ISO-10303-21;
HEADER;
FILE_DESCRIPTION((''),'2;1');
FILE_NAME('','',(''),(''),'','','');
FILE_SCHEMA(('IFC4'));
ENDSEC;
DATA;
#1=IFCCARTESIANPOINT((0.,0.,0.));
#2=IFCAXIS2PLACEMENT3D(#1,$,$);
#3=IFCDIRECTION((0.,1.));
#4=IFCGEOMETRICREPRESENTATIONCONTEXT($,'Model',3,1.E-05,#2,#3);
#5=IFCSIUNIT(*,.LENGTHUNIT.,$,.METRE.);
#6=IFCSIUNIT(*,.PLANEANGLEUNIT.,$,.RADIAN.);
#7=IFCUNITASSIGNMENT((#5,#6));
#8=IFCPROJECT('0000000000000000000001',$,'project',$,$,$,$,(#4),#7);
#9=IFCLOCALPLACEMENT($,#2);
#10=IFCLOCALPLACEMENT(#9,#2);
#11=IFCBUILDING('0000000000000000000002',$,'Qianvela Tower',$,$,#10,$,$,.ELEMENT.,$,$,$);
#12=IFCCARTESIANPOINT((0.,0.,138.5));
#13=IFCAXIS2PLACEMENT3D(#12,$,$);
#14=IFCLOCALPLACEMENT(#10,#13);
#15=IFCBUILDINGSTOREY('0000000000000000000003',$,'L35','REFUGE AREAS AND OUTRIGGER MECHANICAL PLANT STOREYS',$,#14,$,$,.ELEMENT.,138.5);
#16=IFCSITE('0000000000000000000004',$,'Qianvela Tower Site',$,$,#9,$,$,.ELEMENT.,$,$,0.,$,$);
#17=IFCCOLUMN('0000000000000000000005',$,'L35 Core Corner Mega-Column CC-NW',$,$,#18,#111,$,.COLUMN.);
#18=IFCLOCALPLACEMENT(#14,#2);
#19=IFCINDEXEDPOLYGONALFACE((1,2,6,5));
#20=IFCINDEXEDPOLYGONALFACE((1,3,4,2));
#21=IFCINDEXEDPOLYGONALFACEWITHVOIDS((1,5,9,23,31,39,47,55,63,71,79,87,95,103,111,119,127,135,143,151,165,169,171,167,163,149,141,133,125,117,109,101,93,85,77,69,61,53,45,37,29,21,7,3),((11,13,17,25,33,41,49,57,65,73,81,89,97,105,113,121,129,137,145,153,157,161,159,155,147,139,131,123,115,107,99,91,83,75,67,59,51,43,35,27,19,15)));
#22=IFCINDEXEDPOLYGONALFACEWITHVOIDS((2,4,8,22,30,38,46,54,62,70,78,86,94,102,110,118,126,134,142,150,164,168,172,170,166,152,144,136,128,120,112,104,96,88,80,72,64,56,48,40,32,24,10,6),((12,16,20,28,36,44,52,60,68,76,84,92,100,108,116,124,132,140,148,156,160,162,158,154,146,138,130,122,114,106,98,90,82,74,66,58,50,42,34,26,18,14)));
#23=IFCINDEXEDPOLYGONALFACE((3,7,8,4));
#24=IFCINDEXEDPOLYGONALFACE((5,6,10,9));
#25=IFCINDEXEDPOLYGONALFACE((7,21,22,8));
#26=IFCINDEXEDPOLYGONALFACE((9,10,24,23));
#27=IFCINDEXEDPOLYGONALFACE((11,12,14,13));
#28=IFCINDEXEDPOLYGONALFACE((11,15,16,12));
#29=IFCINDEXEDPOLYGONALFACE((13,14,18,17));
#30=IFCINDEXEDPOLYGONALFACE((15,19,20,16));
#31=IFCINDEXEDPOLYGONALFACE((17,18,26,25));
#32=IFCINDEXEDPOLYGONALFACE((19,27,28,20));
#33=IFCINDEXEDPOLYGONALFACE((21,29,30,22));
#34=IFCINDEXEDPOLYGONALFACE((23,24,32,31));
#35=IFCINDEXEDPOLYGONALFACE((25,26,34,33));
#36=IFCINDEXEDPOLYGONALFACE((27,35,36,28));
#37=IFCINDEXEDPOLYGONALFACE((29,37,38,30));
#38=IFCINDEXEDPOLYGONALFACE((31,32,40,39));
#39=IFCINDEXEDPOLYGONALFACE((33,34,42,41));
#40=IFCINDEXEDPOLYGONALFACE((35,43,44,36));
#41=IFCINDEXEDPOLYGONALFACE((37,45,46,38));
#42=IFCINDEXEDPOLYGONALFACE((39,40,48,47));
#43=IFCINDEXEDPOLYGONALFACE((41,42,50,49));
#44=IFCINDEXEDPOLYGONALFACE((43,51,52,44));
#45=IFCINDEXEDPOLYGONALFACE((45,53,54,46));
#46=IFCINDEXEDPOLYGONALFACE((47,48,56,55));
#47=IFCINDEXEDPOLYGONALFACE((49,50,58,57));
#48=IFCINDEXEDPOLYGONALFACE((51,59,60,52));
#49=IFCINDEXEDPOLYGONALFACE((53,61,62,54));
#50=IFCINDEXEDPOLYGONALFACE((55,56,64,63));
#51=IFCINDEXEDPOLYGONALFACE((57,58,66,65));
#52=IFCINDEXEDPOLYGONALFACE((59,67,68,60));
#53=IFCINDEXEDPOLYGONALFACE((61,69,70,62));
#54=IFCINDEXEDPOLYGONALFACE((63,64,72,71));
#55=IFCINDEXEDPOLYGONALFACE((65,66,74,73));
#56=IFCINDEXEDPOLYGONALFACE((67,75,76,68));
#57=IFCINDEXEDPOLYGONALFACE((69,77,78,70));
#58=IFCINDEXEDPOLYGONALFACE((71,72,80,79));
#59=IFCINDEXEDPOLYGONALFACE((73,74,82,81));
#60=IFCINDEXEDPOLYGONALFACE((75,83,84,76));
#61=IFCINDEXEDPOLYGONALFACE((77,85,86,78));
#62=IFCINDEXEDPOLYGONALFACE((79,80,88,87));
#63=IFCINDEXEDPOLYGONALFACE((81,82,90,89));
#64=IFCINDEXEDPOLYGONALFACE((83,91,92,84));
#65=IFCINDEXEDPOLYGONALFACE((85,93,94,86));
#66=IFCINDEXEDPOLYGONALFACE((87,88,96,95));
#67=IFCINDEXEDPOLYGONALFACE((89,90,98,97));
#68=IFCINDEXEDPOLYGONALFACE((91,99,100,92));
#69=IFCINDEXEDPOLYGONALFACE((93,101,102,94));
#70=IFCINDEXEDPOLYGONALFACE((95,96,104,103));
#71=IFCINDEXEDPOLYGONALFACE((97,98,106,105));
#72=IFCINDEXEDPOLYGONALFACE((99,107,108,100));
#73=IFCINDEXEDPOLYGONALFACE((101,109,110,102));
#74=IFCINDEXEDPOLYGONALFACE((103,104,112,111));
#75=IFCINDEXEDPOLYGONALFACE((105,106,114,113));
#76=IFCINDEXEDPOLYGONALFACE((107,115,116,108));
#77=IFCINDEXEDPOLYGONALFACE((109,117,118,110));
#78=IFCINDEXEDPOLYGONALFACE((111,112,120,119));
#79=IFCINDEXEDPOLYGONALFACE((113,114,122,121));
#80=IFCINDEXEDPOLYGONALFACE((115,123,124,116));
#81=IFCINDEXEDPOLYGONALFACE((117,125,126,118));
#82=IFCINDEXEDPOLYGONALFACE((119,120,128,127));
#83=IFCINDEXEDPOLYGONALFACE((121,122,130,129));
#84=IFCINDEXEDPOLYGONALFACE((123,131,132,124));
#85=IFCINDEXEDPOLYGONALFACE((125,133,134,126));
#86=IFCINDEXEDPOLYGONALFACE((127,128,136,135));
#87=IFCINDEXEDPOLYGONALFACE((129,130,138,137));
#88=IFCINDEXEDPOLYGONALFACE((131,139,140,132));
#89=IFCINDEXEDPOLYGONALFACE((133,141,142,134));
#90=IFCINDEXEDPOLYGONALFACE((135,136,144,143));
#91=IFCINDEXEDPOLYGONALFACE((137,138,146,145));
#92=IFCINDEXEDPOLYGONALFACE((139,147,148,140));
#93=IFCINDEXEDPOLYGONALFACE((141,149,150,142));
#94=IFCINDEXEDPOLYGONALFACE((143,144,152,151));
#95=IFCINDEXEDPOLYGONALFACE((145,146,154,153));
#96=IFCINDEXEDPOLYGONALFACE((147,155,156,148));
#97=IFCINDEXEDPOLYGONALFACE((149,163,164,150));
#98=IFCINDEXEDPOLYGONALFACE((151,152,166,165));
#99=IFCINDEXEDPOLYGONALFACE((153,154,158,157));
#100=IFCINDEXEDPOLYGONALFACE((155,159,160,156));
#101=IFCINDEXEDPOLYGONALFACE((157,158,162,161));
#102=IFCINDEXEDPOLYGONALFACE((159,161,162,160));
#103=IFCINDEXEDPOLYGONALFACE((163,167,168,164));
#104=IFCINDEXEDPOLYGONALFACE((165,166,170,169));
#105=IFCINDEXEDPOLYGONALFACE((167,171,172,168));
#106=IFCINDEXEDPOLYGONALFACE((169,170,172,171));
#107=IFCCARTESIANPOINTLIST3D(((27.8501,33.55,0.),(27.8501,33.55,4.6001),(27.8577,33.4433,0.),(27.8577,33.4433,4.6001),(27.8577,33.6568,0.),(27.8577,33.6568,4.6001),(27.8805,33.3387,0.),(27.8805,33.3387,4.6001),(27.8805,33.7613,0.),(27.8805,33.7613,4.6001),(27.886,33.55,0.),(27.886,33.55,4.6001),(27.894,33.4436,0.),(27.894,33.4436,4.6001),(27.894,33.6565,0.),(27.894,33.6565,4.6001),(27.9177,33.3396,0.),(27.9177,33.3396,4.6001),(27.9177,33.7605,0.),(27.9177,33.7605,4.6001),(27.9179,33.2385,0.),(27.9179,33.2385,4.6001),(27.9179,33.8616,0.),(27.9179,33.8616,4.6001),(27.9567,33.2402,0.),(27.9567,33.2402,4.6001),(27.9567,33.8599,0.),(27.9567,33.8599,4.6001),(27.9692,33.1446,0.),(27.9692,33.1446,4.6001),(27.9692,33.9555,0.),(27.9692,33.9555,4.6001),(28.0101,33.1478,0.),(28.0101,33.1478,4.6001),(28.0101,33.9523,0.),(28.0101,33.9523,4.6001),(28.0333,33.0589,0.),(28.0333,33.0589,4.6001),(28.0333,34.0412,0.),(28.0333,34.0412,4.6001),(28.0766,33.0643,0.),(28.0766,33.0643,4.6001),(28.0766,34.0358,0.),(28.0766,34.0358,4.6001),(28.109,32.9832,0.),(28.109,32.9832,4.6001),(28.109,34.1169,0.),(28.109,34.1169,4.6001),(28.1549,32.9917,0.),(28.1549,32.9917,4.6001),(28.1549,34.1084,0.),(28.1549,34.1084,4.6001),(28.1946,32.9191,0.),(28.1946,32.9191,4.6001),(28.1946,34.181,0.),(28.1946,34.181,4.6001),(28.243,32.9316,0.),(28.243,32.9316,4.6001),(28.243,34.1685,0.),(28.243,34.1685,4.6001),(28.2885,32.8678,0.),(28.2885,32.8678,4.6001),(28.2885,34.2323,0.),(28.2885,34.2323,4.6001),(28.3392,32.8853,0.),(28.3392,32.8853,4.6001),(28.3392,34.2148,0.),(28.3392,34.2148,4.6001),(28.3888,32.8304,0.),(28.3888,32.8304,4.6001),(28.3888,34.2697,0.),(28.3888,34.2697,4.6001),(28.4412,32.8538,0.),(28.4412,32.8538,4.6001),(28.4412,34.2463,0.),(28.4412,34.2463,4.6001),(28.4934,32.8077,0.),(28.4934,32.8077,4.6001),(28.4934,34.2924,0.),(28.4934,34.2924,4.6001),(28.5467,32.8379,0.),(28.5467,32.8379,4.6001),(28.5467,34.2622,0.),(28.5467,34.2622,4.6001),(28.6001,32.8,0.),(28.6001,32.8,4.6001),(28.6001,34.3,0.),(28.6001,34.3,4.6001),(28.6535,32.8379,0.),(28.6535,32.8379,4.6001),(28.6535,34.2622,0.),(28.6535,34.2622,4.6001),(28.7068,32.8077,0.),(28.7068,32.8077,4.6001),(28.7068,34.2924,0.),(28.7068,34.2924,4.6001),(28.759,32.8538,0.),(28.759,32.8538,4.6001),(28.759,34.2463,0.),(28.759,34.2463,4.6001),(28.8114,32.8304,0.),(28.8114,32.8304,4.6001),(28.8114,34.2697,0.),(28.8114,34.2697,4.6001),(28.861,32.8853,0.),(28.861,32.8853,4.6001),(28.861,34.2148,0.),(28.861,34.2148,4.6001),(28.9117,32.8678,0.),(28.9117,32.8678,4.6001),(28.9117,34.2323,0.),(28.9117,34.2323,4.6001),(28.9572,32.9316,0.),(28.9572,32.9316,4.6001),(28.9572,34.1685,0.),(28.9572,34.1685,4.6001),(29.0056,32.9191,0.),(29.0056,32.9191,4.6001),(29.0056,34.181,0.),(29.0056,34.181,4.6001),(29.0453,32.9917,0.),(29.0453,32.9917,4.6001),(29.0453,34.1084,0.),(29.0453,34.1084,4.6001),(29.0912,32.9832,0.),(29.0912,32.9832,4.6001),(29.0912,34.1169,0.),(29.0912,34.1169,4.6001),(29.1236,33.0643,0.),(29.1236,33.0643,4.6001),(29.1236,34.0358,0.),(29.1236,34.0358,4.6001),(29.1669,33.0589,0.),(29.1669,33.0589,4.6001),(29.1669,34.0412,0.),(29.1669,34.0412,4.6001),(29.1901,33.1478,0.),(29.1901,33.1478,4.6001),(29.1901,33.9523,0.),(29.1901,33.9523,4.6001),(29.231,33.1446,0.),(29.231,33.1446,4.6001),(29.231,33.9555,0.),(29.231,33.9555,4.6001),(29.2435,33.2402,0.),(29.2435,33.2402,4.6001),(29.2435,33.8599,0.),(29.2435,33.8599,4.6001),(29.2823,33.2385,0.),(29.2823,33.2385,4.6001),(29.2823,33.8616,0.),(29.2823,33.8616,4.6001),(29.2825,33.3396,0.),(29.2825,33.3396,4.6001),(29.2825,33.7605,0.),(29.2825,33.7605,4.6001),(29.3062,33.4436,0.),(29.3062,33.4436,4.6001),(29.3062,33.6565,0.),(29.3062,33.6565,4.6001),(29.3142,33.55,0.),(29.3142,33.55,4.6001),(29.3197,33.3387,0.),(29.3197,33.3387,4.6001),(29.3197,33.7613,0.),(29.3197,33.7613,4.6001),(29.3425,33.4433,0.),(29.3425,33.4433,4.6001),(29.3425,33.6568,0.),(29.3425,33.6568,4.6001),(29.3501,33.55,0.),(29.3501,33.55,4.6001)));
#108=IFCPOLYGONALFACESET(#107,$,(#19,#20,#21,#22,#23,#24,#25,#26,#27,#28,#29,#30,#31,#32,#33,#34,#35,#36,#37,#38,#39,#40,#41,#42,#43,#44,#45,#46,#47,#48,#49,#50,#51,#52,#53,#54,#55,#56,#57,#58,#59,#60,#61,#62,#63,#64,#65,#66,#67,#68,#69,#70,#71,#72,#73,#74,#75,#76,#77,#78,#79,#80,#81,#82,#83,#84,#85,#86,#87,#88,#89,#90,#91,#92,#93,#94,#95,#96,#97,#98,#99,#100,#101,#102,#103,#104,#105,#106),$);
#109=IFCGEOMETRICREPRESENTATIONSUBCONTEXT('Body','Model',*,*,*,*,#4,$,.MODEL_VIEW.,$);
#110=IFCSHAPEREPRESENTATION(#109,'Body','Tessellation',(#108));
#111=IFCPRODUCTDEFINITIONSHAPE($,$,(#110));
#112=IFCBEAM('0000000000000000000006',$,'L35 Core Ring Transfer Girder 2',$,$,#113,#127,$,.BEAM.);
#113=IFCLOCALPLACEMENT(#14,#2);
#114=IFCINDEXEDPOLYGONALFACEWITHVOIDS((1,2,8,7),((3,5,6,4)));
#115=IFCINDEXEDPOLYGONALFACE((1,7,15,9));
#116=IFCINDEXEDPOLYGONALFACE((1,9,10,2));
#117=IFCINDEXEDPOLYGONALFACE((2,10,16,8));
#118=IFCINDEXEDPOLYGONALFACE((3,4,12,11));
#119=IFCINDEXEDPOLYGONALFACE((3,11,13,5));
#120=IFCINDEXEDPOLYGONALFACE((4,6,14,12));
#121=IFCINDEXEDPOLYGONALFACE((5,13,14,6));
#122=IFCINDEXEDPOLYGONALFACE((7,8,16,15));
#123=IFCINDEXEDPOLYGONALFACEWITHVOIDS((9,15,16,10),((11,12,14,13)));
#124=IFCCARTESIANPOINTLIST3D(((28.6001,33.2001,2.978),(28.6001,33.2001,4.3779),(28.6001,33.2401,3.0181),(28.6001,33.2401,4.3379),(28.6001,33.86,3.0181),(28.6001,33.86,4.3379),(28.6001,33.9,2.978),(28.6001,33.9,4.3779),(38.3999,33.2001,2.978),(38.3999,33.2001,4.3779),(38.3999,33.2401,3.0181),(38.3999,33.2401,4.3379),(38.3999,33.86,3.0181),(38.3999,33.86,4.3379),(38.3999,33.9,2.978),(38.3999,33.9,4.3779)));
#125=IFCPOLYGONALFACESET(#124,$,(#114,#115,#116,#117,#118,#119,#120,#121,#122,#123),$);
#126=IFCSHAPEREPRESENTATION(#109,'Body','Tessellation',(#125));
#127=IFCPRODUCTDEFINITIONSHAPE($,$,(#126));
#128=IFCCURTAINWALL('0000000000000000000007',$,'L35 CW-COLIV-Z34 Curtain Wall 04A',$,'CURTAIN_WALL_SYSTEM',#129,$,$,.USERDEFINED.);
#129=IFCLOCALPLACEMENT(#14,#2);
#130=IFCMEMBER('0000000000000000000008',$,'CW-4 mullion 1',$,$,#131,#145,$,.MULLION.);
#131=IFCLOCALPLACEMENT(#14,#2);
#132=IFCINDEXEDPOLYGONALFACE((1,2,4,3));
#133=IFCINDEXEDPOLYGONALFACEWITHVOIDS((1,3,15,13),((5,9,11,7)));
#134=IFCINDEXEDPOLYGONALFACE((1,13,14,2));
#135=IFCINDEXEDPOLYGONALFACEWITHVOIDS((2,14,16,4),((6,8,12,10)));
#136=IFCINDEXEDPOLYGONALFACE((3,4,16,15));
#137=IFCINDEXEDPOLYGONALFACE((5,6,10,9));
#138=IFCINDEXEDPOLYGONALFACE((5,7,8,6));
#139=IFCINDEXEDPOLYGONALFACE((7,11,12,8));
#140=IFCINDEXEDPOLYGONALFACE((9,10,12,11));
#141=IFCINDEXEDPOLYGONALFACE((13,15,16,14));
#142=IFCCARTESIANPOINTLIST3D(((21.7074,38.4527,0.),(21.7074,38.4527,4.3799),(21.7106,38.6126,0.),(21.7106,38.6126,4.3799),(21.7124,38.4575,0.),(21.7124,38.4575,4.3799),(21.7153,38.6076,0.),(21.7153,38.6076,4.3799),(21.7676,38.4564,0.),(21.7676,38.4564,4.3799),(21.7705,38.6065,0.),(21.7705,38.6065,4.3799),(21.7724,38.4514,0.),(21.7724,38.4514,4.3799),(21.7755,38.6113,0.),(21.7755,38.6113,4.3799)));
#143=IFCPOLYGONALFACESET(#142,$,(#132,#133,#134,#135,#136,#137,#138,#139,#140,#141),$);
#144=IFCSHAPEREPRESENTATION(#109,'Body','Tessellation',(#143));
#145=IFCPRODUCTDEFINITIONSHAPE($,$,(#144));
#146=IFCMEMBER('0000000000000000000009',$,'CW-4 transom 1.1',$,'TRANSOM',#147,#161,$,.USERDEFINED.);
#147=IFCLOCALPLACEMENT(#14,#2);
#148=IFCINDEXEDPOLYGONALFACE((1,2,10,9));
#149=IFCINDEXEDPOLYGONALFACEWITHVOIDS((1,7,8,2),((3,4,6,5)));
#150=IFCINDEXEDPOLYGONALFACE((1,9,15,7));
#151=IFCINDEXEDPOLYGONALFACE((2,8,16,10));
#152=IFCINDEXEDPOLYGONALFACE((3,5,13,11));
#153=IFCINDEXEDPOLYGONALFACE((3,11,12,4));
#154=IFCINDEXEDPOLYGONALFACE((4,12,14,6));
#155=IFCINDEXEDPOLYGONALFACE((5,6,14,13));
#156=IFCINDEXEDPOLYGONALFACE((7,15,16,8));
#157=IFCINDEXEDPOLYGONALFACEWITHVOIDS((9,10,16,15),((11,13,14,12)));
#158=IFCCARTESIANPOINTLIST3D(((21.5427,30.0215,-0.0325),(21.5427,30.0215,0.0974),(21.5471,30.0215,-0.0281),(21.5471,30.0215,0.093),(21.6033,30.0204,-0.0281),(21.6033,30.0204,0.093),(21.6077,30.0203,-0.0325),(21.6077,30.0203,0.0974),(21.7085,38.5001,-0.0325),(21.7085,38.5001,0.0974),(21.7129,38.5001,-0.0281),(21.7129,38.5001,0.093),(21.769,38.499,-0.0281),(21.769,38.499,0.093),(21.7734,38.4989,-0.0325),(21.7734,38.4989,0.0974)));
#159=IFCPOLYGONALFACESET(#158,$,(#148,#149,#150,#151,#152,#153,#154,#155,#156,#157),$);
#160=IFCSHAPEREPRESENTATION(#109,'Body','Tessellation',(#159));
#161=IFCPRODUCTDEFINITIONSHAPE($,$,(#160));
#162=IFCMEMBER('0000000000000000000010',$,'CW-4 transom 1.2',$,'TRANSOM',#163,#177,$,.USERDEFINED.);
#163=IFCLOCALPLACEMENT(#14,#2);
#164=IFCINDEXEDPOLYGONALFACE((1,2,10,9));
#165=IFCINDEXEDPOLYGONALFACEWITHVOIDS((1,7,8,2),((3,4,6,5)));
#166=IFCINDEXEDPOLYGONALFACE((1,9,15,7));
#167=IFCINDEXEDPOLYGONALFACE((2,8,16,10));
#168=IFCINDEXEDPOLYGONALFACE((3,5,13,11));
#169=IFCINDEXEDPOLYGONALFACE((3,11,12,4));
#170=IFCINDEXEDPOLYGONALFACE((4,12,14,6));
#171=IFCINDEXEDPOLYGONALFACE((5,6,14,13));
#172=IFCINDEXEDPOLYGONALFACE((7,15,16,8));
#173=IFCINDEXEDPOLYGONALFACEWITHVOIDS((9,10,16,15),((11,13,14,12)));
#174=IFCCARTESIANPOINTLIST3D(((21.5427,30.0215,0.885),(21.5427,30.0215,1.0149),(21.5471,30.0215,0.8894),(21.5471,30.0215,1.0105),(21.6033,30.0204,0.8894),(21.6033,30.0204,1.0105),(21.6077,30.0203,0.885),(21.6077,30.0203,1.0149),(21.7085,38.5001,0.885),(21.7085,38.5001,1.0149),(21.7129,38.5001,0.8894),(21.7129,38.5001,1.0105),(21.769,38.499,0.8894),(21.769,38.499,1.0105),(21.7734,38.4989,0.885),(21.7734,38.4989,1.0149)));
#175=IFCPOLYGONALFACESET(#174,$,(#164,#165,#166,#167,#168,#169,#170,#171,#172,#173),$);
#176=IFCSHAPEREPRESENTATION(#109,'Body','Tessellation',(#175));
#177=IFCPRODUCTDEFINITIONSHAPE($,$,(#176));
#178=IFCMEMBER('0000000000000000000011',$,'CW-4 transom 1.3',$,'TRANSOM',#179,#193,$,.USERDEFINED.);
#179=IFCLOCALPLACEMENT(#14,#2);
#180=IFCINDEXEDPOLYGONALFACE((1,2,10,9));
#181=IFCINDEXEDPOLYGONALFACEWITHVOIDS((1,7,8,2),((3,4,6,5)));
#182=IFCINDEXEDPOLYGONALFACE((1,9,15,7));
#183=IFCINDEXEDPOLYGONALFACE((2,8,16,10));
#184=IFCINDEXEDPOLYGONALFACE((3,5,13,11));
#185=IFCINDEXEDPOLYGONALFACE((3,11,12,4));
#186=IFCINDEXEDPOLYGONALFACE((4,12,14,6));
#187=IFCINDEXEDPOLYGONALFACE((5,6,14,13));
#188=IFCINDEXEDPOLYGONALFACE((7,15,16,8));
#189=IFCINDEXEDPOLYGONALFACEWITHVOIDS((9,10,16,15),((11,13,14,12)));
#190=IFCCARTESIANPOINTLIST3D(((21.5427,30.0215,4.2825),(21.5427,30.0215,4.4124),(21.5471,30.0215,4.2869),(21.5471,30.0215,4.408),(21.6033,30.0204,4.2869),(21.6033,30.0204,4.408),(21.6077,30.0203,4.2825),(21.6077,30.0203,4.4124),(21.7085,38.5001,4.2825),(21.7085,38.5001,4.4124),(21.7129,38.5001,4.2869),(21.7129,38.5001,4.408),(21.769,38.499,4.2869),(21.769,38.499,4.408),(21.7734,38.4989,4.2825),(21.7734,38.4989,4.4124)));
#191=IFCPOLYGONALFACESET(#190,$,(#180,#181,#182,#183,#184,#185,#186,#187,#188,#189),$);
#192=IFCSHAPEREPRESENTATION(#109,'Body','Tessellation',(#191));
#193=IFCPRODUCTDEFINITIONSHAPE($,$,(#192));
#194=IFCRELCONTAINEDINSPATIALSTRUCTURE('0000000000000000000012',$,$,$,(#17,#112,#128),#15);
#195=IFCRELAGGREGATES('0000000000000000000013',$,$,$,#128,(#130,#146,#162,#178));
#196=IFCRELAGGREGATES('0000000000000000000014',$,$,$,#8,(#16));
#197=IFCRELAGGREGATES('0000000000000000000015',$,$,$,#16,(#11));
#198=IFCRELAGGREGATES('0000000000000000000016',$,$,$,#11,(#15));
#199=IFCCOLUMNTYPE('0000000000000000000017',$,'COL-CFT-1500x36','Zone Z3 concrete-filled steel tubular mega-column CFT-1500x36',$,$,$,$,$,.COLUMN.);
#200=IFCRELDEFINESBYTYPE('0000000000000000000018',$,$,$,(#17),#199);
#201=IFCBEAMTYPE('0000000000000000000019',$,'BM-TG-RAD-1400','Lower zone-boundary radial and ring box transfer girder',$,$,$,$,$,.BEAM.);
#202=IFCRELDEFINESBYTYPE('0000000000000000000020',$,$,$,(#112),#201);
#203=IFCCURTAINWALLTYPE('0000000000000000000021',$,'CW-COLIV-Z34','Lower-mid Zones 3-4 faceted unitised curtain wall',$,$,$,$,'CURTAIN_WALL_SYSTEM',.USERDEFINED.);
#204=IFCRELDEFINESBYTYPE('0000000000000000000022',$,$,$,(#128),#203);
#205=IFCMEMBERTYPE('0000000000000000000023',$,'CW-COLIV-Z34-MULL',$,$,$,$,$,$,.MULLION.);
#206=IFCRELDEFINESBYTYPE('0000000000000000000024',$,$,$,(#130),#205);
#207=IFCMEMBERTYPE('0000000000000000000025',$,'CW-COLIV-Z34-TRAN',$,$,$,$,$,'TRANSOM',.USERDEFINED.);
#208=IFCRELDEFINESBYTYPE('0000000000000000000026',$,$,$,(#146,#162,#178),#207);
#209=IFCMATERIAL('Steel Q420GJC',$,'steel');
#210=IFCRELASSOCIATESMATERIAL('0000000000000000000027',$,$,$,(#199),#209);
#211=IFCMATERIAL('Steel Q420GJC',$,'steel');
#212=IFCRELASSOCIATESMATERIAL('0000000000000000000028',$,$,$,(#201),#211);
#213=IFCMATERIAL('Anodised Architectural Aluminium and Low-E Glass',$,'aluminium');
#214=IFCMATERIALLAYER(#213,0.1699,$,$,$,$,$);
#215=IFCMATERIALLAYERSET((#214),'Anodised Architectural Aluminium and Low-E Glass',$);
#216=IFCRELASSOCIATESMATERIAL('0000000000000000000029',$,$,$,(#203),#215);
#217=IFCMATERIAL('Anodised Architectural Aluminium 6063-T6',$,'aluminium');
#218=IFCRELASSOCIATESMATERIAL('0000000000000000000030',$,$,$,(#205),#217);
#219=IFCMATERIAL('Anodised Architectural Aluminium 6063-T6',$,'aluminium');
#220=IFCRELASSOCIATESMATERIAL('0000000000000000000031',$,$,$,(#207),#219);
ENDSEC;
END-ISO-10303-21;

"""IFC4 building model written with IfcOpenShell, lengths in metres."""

from ifc_helpers import new_model, si_unit, direction, frame, origin, origin_2d, place, context, subcontext, project, spatial, hollow_rectangle, hollow_circle, extrude, material, layer, layer_set, material_profile, profile_set, type_object, element, aggregate, save


model = new_model("IFC4")

# Units and contexts
model_context = context("Model", 3, precision=1e-05, world=origin(), true_north=direction((0.0, 1.0)))
body_context = subcontext(model_context, "Body", "Model", "MODEL_VIEW")
ifc_project = project(units=[si_unit("LENGTHUNIT", "METRE"), si_unit("PLANEANGLEUNIT", "RADIAN")], contexts=[model_context])

# Site, building, storey
site_placement = place(None, origin())
site = spatial("IfcSite", under=ifc_project, at=site_placement, Name="Qianvela Tower Site", CompositionType="ELEMENT", RefElevation=0.0)
building_placement = place(site_placement, origin())
building = spatial("IfcBuilding", under=site, at=building_placement, Name="Qianvela Tower", CompositionType="ELEMENT")
storey_placement = place(building_placement, frame((0.0, 0.0, 138.5)))
storey = spatial("IfcBuildingStorey", under=building, at=storey_placement, Name="L35", Description="REFUGE AREAS AND OUTRIGGER MECHANICAL PLANT STOREYS", CompositionType="ELEMENT", Elevation=138.5)

# Column
ifc_material_1 = material(Name="Steel Q420GJC", Category="steel")
ifc_material_profile_1 = material_profile(ifc_material_1, hollow_circle(Radius=0.75, WallThickness=0.0359, at=origin_2d()), Name="CFT-1500x36")
ifc_profile_set_1 = profile_set([ifc_material_profile_1], Name="Steel Q420GJC")
column_type = type_object("IfcColumnType", Name="COL-CFT-1500x36", Description="Zone Z3 concrete-filled steel tubular mega-column CFT-1500x36", PredefinedType="COLUMN", material=ifc_profile_set_1)
column_placement = place(storey_placement, frame((28.6001, 33.55, 0.0), z_axis=(0.0, 0.0, 1.0), x_axis=(1.0, 0.0, 0.0)))
element("IfcColumn", 1, at=column_placement, inside=storey, type_object=column_type, Name="L35 Core Corner Mega-Column CC-NW", PredefinedType="COLUMN", context=body_context, shape_type="SweptSolid", body=[
    extrude(hollow_circle(Radius=0.75, WallThickness=0.0359, at=origin_2d()), origin(), (0.0, 0.0, 1.0), 4.6001),
])

# Beam
ifc_material_2 = material(Name="Steel Q420GJC", Category="steel")
ifc_material_profile_2 = material_profile(ifc_material_2, hollow_rectangle(XDim=0.7, YDim=1.3999, WallThickness=0.04, at=origin_2d()), Name="TG-BOX-1400x700x40")
ifc_profile_set_2 = profile_set([ifc_material_profile_2], Name="Steel Q420GJC")
beam_type = type_object("IfcBeamType", Name="BM-TG-RAD-1400", Description="Lower zone-boundary radial and ring box transfer girder", PredefinedType="BEAM", material=ifc_profile_set_2)
beam_placement = place(storey_placement, frame((28.6001, 33.55, 3.678), z_axis=(1.0, 0.0, 0.0), x_axis=(0.0, 1.0, 0.0)))
element("IfcBeam", 2, at=beam_placement, inside=storey, type_object=beam_type, Name="L35 Core Ring Transfer Girder 2", PredefinedType="BEAM", context=body_context, shape_type="SweptSolid", body=[
    extrude(hollow_rectangle(XDim=0.7, YDim=1.3999, WallThickness=0.04, at=origin_2d()), origin(), (0.0, 0.0, 1.0), 9.7998),
])

# Curtain wall, members
ifc_material_3 = material(Name="Anodised Architectural Aluminium and Low-E Glass", Category="aluminium")
ifc_layer_1 = layer(ifc_material_3, 0.1699)
ifc_layer_set_1 = layer_set([ifc_layer_1], Name="Anodised Architectural Aluminium and Low-E Glass")
curtain_wall_type = type_object("IfcCurtainWallType", Name="CW-COLIV-Z34", Description="Lower-mid Zones 3-4 faceted unitised curtain wall", ElementType="CURTAIN_WALL_SYSTEM", PredefinedType="USERDEFINED", material=ifc_layer_set_1)
curtain_wall_placement = place(storey_placement, origin())
curtain_wall = element("IfcCurtainWall", 3, at=curtain_wall_placement, inside=storey, type_object=curtain_wall_type, Name="L35 CW-COLIV-Z34 Curtain Wall 04A", ObjectType="CURTAIN_WALL_SYSTEM", PredefinedType="USERDEFINED")
ifc_material_4 = material(Name="Anodised Architectural Aluminium 6063-T6", Category="aluminium")
ifc_material_profile_3 = material_profile(ifc_material_4, hollow_rectangle(XDim=0.0649, YDim=0.1599, WallThickness=0.0049, at=origin_2d()), Name="ALU-MULL-65x160")
ifc_profile_set_3 = profile_set([ifc_material_profile_3], Name="Anodised Architectural Aluminium 6063-T6")
member_type_1 = type_object("IfcMemberType", Name="CW-COLIV-Z34-MULL", PredefinedType="MULLION", material=ifc_profile_set_3)
member_1_placement = place(storey_placement, frame((21.7415, 38.532, 0.0), z_axis=(0.0, 0.0, 1.0), x_axis=(0.999809, -0.019547, 0.0)))
member_1 = element("IfcMember", 4, at=member_1_placement, type_object=member_type_1, Name="CW-4 mullion 1", PredefinedType="MULLION", context=body_context, shape_type="SweptSolid", body=[
    extrude(hollow_rectangle(XDim=0.0649, YDim=0.1599, WallThickness=0.0049, at=origin_2d()), origin(), (0.0, 0.0, 1.0), 4.3799),
])
ifc_material_5 = material(Name="Anodised Architectural Aluminium 6063-T6", Category="aluminium")
ifc_material_profile_4 = material_profile(ifc_material_5, hollow_rectangle(XDim=0.0649, YDim=0.1299, WallThickness=0.0044, at=origin_2d()), Name="ALU-TRAN-65x130")
ifc_profile_set_4 = profile_set([ifc_material_profile_4], Name="Anodised Architectural Aluminium 6063-T6")
member_type_2 = type_object("IfcMemberType", Name="CW-COLIV-Z34-TRAN", ElementType="TRANSOM", PredefinedType="USERDEFINED", material=ifc_profile_set_4)
member_2_placement = place(storey_placement, frame((21.741, 38.4995, 0.0325), z_axis=(-0.019548, -0.999809, 0.0), x_axis=(0.999809, -0.019548, 0.0)))
member_2 = element("IfcMember", 5, at=member_2_placement, type_object=member_type_2, Name="CW-4 transom 1.1", ObjectType="TRANSOM", PredefinedType="USERDEFINED", context=body_context, shape_type="SweptSolid", body=[
    extrude(hollow_rectangle(XDim=0.0649, YDim=0.1299, WallThickness=0.0044, at=origin_2d()), origin(), (0.0, 0.0, 1.0), 8.4802),
])
member_3_placement = place(storey_placement, frame((21.741, 38.4995, 0.95), z_axis=(-0.019548, -0.999809, 0.0), x_axis=(0.999809, -0.019548, 0.0)))
member_3 = element("IfcMember", 6, at=member_3_placement, type_object=member_type_2, Name="CW-4 transom 1.2", ObjectType="TRANSOM", PredefinedType="USERDEFINED", context=body_context, shape_type="SweptSolid", body=[
    extrude(hollow_rectangle(XDim=0.0649, YDim=0.1299, WallThickness=0.0044, at=origin_2d()), origin(), (0.0, 0.0, 1.0), 8.4802),
])
member_4_placement = place(storey_placement, frame((21.741, 38.4995, 4.3474), z_axis=(-0.019548, -0.999809, 0.0), x_axis=(0.999809, -0.019548, 0.0)))
member_4 = element("IfcMember", 7, at=member_4_placement, type_object=member_type_2, Name="CW-4 transom 1.3", ObjectType="TRANSOM", PredefinedType="USERDEFINED", context=body_context, shape_type="SweptSolid", body=[
    extrude(hollow_rectangle(XDim=0.0649, YDim=0.1299, WallThickness=0.0044, at=origin_2d()), origin(), (0.0, 0.0, 1.0), 8.4802),
])
aggregate(curtain_wall, [member_1, member_2, member_3, member_4])

save(model, "model.ifc")
